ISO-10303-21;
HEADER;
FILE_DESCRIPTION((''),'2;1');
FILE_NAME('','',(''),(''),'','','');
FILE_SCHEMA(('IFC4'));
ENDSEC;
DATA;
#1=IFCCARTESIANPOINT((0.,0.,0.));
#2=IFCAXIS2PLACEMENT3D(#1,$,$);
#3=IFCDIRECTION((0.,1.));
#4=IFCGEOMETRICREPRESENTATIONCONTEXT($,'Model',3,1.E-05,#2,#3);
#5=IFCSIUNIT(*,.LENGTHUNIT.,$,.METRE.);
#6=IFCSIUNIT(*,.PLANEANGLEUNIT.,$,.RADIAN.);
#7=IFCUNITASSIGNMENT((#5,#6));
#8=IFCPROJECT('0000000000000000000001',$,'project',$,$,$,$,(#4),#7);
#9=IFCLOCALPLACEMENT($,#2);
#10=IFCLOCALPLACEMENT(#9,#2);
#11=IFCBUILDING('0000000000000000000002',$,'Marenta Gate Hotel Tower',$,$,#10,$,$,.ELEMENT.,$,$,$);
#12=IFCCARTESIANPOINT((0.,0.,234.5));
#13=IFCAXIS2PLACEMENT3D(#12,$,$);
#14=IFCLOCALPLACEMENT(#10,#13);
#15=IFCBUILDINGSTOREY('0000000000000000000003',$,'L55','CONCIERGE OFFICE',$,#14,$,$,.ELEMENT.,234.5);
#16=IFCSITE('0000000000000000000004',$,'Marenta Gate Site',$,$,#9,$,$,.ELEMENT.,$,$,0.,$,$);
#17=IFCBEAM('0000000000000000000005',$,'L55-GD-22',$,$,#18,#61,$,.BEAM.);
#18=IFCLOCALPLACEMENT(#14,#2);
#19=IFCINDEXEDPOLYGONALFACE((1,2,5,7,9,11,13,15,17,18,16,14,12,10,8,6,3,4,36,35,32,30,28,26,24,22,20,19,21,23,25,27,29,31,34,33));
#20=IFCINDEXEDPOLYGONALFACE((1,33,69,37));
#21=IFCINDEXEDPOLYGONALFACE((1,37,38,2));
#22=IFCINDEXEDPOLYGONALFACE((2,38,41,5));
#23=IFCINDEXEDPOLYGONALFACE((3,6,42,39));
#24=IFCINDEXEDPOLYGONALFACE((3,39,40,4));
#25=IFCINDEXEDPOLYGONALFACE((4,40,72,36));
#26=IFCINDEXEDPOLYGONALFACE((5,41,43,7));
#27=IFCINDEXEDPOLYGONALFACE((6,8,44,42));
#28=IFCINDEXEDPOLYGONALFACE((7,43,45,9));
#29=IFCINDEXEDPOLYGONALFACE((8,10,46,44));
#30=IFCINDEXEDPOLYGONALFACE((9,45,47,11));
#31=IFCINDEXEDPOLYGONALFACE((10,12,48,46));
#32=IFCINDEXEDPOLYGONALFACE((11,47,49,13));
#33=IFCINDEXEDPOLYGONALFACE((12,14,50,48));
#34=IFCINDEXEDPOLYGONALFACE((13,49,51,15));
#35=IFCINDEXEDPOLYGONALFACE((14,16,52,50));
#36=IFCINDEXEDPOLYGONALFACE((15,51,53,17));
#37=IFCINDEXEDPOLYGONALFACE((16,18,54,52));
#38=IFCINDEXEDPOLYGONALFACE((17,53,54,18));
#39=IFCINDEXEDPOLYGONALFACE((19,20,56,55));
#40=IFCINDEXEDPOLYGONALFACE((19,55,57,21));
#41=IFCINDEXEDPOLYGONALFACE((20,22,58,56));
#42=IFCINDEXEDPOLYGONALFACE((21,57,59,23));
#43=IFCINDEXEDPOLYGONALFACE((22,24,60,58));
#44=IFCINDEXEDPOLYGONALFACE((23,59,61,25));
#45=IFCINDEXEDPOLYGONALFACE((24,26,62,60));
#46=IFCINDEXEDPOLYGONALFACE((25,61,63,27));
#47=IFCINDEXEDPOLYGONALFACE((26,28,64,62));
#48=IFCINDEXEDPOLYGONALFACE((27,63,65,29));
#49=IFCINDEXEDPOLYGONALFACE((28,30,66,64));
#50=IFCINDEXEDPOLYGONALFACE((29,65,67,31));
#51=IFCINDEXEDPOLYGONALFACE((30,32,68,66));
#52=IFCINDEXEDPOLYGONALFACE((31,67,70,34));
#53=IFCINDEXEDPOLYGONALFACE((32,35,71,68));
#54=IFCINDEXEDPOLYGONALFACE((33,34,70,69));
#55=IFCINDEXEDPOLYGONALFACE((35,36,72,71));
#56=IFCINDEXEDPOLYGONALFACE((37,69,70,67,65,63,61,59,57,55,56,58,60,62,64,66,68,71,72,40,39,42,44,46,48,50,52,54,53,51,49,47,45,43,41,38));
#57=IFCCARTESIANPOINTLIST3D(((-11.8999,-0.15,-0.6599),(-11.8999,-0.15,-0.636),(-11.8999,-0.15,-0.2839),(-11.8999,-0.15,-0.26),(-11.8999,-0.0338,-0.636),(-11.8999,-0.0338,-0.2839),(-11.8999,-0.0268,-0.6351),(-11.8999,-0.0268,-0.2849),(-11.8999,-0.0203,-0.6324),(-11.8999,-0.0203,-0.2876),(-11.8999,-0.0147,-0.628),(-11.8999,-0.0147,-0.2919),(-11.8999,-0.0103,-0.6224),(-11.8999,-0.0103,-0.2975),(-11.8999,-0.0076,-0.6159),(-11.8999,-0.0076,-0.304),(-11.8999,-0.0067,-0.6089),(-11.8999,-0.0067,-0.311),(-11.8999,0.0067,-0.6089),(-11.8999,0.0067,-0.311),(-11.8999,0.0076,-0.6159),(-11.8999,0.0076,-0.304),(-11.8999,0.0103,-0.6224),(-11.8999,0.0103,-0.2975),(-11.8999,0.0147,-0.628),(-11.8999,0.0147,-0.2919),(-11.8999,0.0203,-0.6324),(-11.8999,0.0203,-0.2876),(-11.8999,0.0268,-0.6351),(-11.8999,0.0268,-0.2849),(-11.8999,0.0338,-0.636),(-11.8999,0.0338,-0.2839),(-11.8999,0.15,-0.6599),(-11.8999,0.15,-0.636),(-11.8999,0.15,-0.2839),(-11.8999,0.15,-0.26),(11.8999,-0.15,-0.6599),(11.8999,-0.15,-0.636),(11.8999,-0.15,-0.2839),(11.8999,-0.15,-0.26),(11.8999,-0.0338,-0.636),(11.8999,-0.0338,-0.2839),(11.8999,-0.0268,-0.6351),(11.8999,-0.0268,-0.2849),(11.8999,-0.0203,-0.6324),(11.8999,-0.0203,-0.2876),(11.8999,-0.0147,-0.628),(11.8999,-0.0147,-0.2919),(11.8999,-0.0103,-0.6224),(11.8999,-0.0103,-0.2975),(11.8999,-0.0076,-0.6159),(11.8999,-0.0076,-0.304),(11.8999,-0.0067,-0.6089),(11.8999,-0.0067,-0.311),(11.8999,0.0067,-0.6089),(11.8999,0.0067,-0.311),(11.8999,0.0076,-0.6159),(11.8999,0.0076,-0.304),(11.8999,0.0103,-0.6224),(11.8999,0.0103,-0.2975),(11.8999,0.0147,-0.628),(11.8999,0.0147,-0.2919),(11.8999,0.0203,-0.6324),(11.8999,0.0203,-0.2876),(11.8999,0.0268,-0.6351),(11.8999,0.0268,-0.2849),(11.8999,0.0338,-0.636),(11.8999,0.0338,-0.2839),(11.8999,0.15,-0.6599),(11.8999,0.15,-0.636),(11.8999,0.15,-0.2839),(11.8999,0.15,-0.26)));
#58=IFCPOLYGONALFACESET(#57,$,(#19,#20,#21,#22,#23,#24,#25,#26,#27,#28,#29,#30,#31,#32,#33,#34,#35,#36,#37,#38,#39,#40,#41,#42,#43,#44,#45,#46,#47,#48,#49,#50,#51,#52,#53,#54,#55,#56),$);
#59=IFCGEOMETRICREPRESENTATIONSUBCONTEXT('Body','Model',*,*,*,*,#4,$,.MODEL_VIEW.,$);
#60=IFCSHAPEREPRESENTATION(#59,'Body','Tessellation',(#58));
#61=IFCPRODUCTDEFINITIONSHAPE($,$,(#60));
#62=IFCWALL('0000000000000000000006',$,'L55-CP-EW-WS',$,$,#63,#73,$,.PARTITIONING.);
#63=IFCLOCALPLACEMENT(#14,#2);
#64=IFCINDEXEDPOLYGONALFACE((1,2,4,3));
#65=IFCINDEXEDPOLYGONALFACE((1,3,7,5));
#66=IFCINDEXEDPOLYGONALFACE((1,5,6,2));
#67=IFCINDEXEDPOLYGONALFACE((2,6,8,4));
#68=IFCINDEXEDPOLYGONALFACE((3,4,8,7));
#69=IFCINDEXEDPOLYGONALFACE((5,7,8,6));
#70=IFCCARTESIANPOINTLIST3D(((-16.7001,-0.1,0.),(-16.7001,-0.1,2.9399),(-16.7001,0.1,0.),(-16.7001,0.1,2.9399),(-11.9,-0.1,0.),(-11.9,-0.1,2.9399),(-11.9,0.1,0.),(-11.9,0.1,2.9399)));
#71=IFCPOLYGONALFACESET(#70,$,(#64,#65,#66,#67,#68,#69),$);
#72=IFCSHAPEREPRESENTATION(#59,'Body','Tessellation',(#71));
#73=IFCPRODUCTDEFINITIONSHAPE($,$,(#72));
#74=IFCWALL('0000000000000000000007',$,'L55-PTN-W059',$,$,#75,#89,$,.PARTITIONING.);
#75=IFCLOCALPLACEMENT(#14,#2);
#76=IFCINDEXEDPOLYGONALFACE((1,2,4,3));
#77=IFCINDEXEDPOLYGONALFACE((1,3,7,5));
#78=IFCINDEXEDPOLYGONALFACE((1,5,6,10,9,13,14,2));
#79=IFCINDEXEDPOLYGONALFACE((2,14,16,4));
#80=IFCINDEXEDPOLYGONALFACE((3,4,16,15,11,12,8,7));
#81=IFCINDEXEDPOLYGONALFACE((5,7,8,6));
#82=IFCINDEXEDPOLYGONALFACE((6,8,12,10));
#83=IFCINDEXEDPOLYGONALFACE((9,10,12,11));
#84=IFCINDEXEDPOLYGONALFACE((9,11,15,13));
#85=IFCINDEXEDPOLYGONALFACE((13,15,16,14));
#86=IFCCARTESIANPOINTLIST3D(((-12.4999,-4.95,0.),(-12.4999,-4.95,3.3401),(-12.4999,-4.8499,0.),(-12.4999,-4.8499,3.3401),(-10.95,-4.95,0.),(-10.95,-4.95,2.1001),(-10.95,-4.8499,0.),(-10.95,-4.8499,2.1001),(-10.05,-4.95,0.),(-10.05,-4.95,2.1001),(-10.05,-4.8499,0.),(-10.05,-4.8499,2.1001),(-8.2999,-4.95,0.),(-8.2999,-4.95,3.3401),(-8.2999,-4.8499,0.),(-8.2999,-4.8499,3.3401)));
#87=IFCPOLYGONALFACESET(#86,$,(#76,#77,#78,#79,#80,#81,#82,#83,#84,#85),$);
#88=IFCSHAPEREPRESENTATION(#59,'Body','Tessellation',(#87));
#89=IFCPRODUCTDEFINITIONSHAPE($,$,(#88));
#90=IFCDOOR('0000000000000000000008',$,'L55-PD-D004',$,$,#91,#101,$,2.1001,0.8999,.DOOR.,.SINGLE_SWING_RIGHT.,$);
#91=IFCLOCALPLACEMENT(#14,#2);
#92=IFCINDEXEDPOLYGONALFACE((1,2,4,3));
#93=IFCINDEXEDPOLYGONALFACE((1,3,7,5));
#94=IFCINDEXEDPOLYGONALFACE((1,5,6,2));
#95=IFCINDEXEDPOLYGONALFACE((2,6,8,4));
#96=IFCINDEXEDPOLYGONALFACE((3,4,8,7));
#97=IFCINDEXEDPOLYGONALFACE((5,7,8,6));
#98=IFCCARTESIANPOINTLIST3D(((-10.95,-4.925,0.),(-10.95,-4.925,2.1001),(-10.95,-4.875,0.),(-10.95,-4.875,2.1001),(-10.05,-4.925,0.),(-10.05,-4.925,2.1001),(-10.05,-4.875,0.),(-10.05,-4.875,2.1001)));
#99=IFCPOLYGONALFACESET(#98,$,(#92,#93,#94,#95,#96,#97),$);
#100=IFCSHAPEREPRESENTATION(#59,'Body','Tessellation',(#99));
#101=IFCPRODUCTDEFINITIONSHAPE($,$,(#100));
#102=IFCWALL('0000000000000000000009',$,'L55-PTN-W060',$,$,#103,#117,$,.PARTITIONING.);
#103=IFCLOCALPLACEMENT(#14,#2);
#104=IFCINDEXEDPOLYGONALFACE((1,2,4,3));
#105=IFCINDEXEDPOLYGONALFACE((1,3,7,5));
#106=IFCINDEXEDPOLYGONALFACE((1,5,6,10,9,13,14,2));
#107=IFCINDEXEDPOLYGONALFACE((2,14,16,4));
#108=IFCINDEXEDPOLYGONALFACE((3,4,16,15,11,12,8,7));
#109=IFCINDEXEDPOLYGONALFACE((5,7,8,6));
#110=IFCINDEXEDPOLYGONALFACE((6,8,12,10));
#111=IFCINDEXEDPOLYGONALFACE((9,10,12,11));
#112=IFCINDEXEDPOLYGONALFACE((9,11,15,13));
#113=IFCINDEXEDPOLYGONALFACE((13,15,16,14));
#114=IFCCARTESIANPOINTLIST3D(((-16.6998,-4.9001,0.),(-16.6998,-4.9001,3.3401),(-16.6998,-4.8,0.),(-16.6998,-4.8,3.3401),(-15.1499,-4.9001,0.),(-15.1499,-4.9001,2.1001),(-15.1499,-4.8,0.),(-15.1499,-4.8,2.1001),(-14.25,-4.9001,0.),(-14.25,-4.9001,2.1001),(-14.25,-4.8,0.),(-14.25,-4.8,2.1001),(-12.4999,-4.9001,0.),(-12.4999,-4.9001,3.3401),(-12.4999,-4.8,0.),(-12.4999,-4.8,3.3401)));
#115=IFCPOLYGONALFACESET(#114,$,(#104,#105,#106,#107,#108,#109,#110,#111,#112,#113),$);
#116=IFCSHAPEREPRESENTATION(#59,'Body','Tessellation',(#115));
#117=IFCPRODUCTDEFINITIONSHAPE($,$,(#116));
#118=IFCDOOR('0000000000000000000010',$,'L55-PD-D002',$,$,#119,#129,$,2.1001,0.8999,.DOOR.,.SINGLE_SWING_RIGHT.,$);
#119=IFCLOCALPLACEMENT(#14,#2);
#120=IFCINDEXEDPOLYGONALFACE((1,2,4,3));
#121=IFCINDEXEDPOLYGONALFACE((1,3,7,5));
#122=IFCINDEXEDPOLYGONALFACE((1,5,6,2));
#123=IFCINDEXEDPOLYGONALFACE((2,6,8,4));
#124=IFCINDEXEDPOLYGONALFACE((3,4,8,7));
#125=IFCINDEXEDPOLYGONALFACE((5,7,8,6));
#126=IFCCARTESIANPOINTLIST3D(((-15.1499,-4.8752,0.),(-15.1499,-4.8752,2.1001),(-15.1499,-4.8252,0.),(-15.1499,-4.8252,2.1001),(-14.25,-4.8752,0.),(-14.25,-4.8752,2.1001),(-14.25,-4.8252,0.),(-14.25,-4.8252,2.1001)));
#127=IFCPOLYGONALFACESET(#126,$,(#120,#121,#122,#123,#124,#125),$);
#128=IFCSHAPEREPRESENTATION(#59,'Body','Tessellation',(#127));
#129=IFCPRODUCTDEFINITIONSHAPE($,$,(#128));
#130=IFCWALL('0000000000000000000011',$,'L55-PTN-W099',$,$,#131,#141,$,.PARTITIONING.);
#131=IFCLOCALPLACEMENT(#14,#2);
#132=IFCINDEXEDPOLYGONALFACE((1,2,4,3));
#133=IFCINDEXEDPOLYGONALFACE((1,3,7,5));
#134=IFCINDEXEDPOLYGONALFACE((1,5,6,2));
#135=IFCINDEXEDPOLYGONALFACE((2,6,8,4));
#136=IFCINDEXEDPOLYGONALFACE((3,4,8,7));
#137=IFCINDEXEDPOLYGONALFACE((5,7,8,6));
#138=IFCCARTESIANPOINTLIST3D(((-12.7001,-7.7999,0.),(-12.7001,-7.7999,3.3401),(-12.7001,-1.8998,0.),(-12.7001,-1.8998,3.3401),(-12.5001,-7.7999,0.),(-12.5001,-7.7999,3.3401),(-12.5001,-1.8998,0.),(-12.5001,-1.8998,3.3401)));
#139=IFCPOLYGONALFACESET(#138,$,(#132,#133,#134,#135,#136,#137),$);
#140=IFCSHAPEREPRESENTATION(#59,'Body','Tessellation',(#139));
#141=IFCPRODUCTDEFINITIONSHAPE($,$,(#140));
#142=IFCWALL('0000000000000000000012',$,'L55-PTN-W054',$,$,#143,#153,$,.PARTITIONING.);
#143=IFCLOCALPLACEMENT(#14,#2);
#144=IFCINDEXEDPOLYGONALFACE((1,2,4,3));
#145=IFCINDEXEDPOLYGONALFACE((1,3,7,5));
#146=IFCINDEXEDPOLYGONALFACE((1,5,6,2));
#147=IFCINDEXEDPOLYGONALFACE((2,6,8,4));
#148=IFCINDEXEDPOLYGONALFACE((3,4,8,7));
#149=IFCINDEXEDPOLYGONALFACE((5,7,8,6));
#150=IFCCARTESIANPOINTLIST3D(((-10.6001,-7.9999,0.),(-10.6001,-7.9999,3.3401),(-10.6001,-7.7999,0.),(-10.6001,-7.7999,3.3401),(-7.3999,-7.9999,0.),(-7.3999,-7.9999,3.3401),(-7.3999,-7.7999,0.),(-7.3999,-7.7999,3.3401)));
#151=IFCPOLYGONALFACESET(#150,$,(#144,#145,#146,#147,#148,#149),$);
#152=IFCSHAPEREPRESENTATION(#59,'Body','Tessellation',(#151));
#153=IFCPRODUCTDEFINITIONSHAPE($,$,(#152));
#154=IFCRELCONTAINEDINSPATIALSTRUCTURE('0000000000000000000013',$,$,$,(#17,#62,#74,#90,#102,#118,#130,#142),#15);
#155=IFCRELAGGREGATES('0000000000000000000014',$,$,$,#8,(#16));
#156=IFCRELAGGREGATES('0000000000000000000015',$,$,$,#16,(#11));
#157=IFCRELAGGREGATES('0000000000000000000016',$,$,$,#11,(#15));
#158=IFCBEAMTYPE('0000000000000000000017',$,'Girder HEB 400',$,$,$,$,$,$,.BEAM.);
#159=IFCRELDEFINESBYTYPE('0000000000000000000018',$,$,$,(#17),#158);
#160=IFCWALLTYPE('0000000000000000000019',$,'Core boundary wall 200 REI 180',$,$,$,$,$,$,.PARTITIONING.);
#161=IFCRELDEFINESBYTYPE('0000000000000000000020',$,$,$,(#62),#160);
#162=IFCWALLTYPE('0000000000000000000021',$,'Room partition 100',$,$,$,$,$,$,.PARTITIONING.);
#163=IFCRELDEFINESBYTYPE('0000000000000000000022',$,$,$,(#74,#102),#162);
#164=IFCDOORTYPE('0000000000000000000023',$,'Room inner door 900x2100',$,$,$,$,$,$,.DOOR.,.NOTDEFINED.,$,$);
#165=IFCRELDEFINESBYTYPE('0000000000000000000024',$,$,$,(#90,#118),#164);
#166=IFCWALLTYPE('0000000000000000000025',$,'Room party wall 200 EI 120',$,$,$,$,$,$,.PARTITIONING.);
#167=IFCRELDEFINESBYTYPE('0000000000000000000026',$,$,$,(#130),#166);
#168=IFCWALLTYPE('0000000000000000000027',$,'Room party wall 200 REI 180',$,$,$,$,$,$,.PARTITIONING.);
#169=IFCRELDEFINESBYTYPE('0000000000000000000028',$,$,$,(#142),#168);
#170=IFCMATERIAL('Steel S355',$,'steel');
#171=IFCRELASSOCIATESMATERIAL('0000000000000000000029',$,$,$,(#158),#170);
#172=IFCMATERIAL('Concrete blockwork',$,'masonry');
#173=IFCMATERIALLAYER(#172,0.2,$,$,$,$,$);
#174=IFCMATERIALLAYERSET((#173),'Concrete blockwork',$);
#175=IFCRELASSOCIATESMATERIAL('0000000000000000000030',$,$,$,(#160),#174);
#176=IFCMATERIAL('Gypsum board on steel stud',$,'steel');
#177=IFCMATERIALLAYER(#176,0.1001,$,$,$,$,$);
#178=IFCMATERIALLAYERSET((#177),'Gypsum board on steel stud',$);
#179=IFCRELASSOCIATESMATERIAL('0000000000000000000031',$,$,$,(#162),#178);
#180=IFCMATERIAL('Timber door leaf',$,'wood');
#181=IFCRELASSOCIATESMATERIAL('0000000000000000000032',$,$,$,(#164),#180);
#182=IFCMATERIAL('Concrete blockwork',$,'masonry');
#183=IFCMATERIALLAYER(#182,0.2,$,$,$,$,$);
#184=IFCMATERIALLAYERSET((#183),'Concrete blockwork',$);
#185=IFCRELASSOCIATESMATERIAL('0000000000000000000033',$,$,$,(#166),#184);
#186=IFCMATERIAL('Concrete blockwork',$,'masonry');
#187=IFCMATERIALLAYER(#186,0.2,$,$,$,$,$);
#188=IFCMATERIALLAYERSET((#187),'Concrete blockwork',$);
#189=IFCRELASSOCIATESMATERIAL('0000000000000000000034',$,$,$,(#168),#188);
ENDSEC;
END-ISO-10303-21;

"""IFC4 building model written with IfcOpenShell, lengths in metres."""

from ifc_helpers import new_model, si_unit, direction, frame, frame_2d, origin, origin_2d, place, context, subcontext, project, spatial, rectangle, i_section, extrude, material, layer, layer_set, material_profile, profile_set, type_object, element, fill, save


model = new_model("IFC4")

# Units and contexts
model_context = context("Model", 3, precision=1e-05, world=origin(), true_north=direction((0.0, 1.0)))
body_context = subcontext(model_context, "Body", "Model", "MODEL_VIEW")
ifc_project = project(units=[si_unit("LENGTHUNIT", "METRE"), si_unit("PLANEANGLEUNIT", "RADIAN")], contexts=[model_context])

# Site, building, storey
site_placement = place(None, origin())
site = spatial("IfcSite", under=ifc_project, at=site_placement, Name="Marenta Gate Site", CompositionType="ELEMENT", RefElevation=0.0)
building_placement = place(site_placement, origin())
building = spatial("IfcBuilding", under=site, at=building_placement, Name="Marenta Gate Hotel Tower", CompositionType="ELEMENT")
storey_placement = place(building_placement, frame((0.0, 0.0, 234.5)))
storey = spatial("IfcBuildingStorey", under=building, at=storey_placement, Name="L55", Description="CONCIERGE OFFICE", CompositionType="ELEMENT", Elevation=234.5)

# Beam
ifc_material_1 = material(Name="Steel S355", Category="steel")
ifc_material_profile = material_profile(ifc_material_1, i_section(OverallWidth=0.3, OverallDepth=0.3999, WebThickness=0.0134, FlangeThickness=0.0239, FilletRadius=0.0271, at=origin_2d()), Name="HEB 400")
ifc_profile_set = profile_set([ifc_material_profile], Name="Steel S355")
beam_type = type_object("IfcBeamType", Name="Girder HEB 400", PredefinedType="BEAM", material=ifc_profile_set)
beam_placement = place(storey_placement, frame((-11.8999, 0.0, -0.46), z_axis=(1.0, 0.0, 0.0), x_axis=(0.0, 1.0, 0.0)))
element("IfcBeam", 1, at=beam_placement, inside=storey, type_object=beam_type, Name="L55-GD-22", PredefinedType="BEAM", context=body_context, shape_type="SweptSolid", body=[
    extrude(i_section(OverallWidth=0.3, OverallDepth=0.3999, WebThickness=0.0134, FlangeThickness=0.0239, FilletRadius=0.0271, at=origin_2d()), origin(), (0.0, 0.0, 1.0), 23.7998),
])

# Shared definitions
ifc_material_2 = material(Name="Concrete blockwork", Category="masonry")
ifc_layer_1 = layer(ifc_material_2, 0.2)
ifc_layer_set_1 = layer_set([ifc_layer_1], Name="Concrete blockwork")
wall_type_1 = type_object("IfcWallType", Name="Core boundary wall 200 REI 180", PredefinedType="PARTITIONING", material=ifc_layer_set_1)

# Wall
wall_1_placement = place(storey_placement, frame((-16.7, 0.0, 0.0), z_axis=(0.0, 0.0, 1.0), x_axis=(1.0, 0.0, 0.0)))
element("IfcWall", 2, at=wall_1_placement, inside=storey, type_object=wall_type_1, Name="L55-CP-EW-WS", PredefinedType="PARTITIONING", context=body_context, shape_type="SweptSolid", body=[
    extrude(rectangle(XDim=4.8, YDim=0.2, at=frame_2d((2.3999, 0.0))), origin(), (0.0, 0.0, 1.0), 2.9399),
])

# Walls, openings, doors
ifc_material_3 = material(Name="Gypsum board on steel stud", Category="steel")
ifc_layer_2 = layer(ifc_material_3, 0.1001)
ifc_layer_set_2 = layer_set([ifc_layer_2], Name="Gypsum board on steel stud")
wall_type_2 = type_object("IfcWallType", Name="Room partition 100", PredefinedType="PARTITIONING", material=ifc_layer_set_2)
wall_2_placement = place(storey_placement, frame((-12.5, -4.8999, 0.0), z_axis=(0.0, 0.0, 1.0), x_axis=(1.0, 0.0, 0.0)))
wall_2 = element("IfcWall", 3, at=wall_2_placement, inside=storey, type_object=wall_type_2, Name="L55-PTN-W059", PredefinedType="PARTITIONING", context=body_context, shape_type="SweptSolid", body=[
    extrude(rectangle(XDim=4.2, YDim=0.1001, at=frame_2d((2.1001, 0.0))), origin(), (0.0, 0.0, 1.0), 3.3401),
])
opening_1_placement = place(wall_2_placement, frame((1.55, 0.0, 0.0)))
opening_1 = element("IfcOpeningElement", 4, at=opening_1_placement, cuts=wall_2, PredefinedType="OPENING", context=body_context, shape_type="SweptSolid", body=[
    extrude(rectangle(XDim=0.8999, YDim=2.1001, at=frame_2d((0.45, 1.05))), frame((0.0, 0.05, 0.0), z_axis=(0.0, -1.0, 0.0), x_axis=(1.0, 0.0, 0.0)), (0.0, 0.0, 1.0), 0.1001),
])
ifc_material_4 = material(Name="Timber door leaf", Category="wood")
door_type_1 = type_object("IfcDoorType", Name="Room inner door 900x2100", OperationType="NOTDEFINED", PredefinedType="DOOR", material=ifc_material_4)
door_1_placement = place(opening_1_placement, origin())
door_1 = element("IfcDoor", 5, at=door_1_placement, inside=storey, type_object=door_type_1, Name="L55-PD-D004", OperationType="SINGLE_SWING_RIGHT", OverallHeight=2.1001, OverallWidth=0.8999, PredefinedType="DOOR", context=body_context, shape_type="SweptSolid", body=[
    extrude(rectangle(XDim=0.8999, YDim=2.1001, at=frame_2d((0.45, 1.05))), frame((0.0, 0.0249, 0.0), z_axis=(0.0, -1.0, 0.0), x_axis=(1.0, 0.0, 0.0)), (0.0, 0.0, 1.0), 0.05),
])
fill(opening_1, door_1)
wall_3_placement = place(storey_placement, frame((-16.7, -4.8501, 0.0), z_axis=(0.0, 0.0, 1.0), x_axis=(1.0, 0.0, 0.0)))
wall_3 = element("IfcWall", 6, at=wall_3_placement, inside=storey, type_object=wall_type_2, Name="L55-PTN-W060", PredefinedType="PARTITIONING", context=body_context, shape_type="SweptSolid", body=[
    extrude(rectangle(XDim=4.2, YDim=0.1001, at=frame_2d((2.1001, 0.0))), origin(), (0.0, 0.0, 1.0), 3.3401),
])
opening_2_placement = place(wall_3_placement, frame((1.55, 0.0, 0.0)))
opening_2 = element("IfcOpeningElement", 7, at=opening_2_placement, cuts=wall_3, PredefinedType="OPENING", context=body_context, shape_type="SweptSolid", body=[
    extrude(rectangle(XDim=0.8999, YDim=2.1001, at=frame_2d((0.45, 1.05))), frame((0.0, 0.05, 0.0), z_axis=(0.0, -1.0, 0.0), x_axis=(1.0, 0.0, 0.0)), (0.0, 0.0, 1.0), 0.1001),
])
door_2_placement = place(opening_2_placement, origin())
door_2 = element("IfcDoor", 8, at=door_2_placement, inside=storey, type_object=door_type_1, Name="L55-PD-D002", OperationType="SINGLE_SWING_RIGHT", OverallHeight=2.1001, OverallWidth=0.8999, PredefinedType="DOOR", context=body_context, shape_type="SweptSolid", body=[
    extrude(rectangle(XDim=0.8999, YDim=2.1001, at=frame_2d((0.45, 1.05))), frame((0.0, 0.0249, 0.0), z_axis=(0.0, -1.0, 0.0), x_axis=(1.0, 0.0, 0.0)), (0.0, 0.0, 1.0), 0.05),
])
fill(opening_2, door_2)

# Walls
ifc_material_5 = material(Name="Concrete blockwork", Category="masonry")
ifc_layer_3 = layer(ifc_material_5, 0.2)
ifc_layer_set_3 = layer_set([ifc_layer_3], Name="Concrete blockwork")
wall_type_3 = type_object("IfcWallType", Name="Room party wall 200 EI 120", PredefinedType="PARTITIONING", material=ifc_layer_set_3)
wall_4_placement = place(storey_placement, frame((-12.6001, -7.8, 0.0), z_axis=(0.0, 0.0, 1.0), x_axis=(0.0, 1.0, 0.0)))
element("IfcWall", 9, at=wall_4_placement, inside=storey, type_object=wall_type_3, Name="L55-PTN-W099", PredefinedType="PARTITIONING", context=body_context, shape_type="SweptSolid", body=[
    extrude(rectangle(XDim=5.9001, YDim=0.2, at=frame_2d((2.9502, 0.0))), origin(), (0.0, 0.0, 1.0), 3.3401),
])
ifc_material_6 = material(Name="Concrete blockwork", Category="masonry")
ifc_layer_4 = layer(ifc_material_6, 0.2)
ifc_layer_set_4 = layer_set([ifc_layer_4], Name="Concrete blockwork")
wall_type_4 = type_object("IfcWallType", Name="Room party wall 200 REI 180", PredefinedType="PARTITIONING", material=ifc_layer_set_4)
wall_5_placement = place(storey_placement, frame((-10.6001, -7.8999, 0.0), z_axis=(0.0, 0.0, 1.0), x_axis=(1.0, 0.0, 0.0)))
element("IfcWall", 10, at=wall_5_placement, inside=storey, type_object=wall_type_4, Name="L55-PTN-W054", PredefinedType="PARTITIONING", context=body_context, shape_type="SweptSolid", body=[
    extrude(rectangle(XDim=3.2002, YDim=0.2, at=frame_2d((1.6001, 0.0))), origin(), (0.0, 0.0, 1.0), 3.3401),
])

save(model, "model.ifc")
